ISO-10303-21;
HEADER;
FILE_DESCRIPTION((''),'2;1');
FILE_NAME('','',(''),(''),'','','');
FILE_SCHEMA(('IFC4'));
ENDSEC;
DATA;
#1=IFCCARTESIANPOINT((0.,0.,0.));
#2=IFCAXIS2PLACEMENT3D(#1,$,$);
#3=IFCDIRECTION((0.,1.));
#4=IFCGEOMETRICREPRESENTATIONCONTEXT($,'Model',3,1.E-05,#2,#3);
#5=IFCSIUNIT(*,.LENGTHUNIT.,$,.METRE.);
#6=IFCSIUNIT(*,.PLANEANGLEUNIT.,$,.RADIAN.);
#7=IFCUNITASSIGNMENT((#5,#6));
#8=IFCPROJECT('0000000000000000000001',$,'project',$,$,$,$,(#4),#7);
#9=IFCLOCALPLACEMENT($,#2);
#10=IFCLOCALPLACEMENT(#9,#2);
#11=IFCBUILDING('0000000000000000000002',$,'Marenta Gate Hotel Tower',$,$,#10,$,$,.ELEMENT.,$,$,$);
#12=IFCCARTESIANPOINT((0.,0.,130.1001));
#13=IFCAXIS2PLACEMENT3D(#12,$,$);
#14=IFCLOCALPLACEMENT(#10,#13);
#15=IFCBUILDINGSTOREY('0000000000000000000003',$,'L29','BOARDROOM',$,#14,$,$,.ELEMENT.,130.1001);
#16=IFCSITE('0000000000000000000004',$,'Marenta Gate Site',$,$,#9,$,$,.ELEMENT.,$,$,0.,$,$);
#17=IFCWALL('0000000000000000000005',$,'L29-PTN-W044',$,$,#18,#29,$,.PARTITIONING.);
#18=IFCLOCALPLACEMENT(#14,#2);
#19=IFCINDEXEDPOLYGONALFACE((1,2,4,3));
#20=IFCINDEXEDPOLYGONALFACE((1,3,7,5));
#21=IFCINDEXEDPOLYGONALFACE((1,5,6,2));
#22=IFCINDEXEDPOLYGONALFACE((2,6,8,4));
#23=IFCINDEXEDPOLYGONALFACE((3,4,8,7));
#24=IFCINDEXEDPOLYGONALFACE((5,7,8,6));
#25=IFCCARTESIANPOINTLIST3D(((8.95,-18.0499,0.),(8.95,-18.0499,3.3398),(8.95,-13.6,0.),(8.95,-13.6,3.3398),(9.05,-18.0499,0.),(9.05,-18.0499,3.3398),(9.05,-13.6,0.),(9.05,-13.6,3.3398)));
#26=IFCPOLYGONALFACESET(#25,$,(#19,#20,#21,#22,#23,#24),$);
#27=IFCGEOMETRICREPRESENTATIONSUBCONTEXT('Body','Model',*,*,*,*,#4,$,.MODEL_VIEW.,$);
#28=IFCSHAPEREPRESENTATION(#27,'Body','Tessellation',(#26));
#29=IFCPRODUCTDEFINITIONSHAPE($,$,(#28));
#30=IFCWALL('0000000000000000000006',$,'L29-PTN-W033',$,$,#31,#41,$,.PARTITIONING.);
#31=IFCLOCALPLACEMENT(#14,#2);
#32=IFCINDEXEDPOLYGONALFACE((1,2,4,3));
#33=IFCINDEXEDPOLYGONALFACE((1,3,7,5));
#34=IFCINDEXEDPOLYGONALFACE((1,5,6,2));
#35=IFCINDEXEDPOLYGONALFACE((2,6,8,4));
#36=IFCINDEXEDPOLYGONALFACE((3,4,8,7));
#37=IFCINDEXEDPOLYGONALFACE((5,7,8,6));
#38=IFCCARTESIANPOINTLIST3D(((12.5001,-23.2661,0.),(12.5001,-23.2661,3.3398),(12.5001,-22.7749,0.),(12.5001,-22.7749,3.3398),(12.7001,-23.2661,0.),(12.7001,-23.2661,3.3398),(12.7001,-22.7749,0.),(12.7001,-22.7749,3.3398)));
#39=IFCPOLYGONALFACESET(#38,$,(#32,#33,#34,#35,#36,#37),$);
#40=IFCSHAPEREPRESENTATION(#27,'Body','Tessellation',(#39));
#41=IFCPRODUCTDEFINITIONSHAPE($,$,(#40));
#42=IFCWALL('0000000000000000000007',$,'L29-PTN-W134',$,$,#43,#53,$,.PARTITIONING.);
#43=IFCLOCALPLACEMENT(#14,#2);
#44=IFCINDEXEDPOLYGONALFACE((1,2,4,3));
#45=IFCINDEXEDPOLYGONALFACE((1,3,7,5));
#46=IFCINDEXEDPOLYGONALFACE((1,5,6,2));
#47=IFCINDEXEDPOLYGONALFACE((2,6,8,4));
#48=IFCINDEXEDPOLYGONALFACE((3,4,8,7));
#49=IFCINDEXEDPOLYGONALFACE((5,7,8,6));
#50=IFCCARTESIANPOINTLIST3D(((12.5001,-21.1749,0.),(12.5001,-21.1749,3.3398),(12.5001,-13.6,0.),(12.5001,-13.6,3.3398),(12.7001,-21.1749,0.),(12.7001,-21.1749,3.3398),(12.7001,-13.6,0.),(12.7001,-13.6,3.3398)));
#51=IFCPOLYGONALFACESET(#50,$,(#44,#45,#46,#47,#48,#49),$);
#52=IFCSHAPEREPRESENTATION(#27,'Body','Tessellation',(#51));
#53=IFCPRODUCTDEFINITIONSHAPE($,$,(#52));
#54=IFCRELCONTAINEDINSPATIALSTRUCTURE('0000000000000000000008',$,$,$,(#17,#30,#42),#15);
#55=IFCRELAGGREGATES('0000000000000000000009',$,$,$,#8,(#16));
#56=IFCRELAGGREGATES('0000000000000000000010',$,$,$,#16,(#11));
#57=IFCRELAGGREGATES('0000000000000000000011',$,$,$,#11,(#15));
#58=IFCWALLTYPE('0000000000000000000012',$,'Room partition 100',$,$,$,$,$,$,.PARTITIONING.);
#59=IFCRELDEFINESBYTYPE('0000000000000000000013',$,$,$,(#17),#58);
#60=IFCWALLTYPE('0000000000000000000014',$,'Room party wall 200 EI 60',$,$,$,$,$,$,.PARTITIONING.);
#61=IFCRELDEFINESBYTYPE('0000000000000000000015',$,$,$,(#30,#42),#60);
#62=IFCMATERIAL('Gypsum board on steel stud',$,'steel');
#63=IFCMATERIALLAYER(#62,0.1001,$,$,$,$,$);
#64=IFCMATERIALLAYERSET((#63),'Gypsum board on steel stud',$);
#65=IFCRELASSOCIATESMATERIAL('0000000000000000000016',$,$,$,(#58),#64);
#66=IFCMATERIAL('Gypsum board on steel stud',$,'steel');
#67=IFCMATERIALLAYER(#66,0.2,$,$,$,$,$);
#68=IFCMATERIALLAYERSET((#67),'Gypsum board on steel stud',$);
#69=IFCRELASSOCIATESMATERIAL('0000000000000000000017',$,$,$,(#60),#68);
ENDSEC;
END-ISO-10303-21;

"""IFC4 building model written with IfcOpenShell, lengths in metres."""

from ifc_helpers import new_model, si_unit, direction, frame, frame_2d, origin, place, context, subcontext, project, spatial, rectangle, extrude, material, layer, layer_set, type_object, element, save


model = new_model("IFC4")

# Units and contexts
model_context = context("Model", 3, precision=1e-05, world=origin(), true_north=direction((0.0, 1.0)))
body_context = subcontext(model_context, "Body", "Model", "MODEL_VIEW")
ifc_project = project(units=[si_unit("LENGTHUNIT", "METRE"), si_unit("PLANEANGLEUNIT", "RADIAN")], contexts=[model_context])

# Site, building, storey
site_placement = place(None, origin())
site = spatial("IfcSite", under=ifc_project, at=site_placement, Name="Marenta Gate Site", CompositionType="ELEMENT", RefElevation=0.0)
building_placement = place(site_placement, origin())
building = spatial("IfcBuilding", under=site, at=building_placement, Name="Marenta Gate Hotel Tower", CompositionType="ELEMENT")
storey_placement = place(building_placement, frame((0.0, 0.0, 130.1001)))
storey = spatial("IfcBuildingStorey", under=building, at=storey_placement, Name="L29", Description="BOARDROOM", CompositionType="ELEMENT", Elevation=130.1001)

# Shared definitions
ifc_material_1 = material(Name="Gypsum board on steel stud", Category="steel")
ifc_layer_1 = layer(ifc_material_1, 0.1001)
ifc_layer_set_1 = layer_set([ifc_layer_1], Name="Gypsum board on steel stud")
wall_type_1 = type_object("IfcWallType", Name="Room partition 100", PredefinedType="PARTITIONING", material=ifc_layer_set_1)

# Walls
wall_1_placement = place(storey_placement, frame((9.0, -18.05, 0.0), z_axis=(0.0, 0.0, 1.0), x_axis=(0.0, 1.0, 0.0)))
element("IfcWall", 1, at=wall_1_placement, inside=storey, type_object=wall_type_1, Name="L29-PTN-W044", PredefinedType="PARTITIONING", context=body_context, shape_type="SweptSolid", body=[
    extrude(rectangle(XDim=4.45, YDim=0.1001, at=frame_2d((2.2251, 0.0))), origin(), (0.0, 0.0, 1.0), 3.3398),
])
ifc_material_2 = material(Name="Gypsum board on steel stud", Category="steel")
ifc_layer_2 = layer(ifc_material_2, 0.2)
ifc_layer_set_2 = layer_set([ifc_layer_2], Name="Gypsum board on steel stud")
wall_type_2 = type_object("IfcWallType", Name="Room party wall 200 EI 60", PredefinedType="PARTITIONING", material=ifc_layer_set_2)
wall_2_placement = place(storey_placement, frame((12.6001, -23.2661, 0.0), z_axis=(0.0, 0.0, 1.0), x_axis=(0.0, 1.0, 0.0)))
element("IfcWall", 2, at=wall_2_placement, inside=storey, type_object=wall_type_2, Name="L29-PTN-W033", PredefinedType="PARTITIONING", context=body_context, shape_type="SweptSolid", body=[
    extrude(rectangle(XDim=0.4912, YDim=0.2, at=frame_2d((0.2456, 0.0))), origin(), (0.0, 0.0, 1.0), 3.3398),
])
wall_3_placement = place(storey_placement, frame((12.6001, -21.175, 0.0), z_axis=(0.0, 0.0, 1.0), x_axis=(0.0, 1.0, 0.0)))
element("IfcWall", 3, at=wall_3_placement, inside=storey, type_object=wall_type_2, Name="L29-PTN-W134", PredefinedType="PARTITIONING", context=body_context, shape_type="SweptSolid", body=[
    extrude(rectangle(XDim=7.575, YDim=0.2, at=frame_2d((3.7876, 0.0))), origin(), (0.0, 0.0, 1.0), 3.3398),
])

save(model, "model.ifc")
